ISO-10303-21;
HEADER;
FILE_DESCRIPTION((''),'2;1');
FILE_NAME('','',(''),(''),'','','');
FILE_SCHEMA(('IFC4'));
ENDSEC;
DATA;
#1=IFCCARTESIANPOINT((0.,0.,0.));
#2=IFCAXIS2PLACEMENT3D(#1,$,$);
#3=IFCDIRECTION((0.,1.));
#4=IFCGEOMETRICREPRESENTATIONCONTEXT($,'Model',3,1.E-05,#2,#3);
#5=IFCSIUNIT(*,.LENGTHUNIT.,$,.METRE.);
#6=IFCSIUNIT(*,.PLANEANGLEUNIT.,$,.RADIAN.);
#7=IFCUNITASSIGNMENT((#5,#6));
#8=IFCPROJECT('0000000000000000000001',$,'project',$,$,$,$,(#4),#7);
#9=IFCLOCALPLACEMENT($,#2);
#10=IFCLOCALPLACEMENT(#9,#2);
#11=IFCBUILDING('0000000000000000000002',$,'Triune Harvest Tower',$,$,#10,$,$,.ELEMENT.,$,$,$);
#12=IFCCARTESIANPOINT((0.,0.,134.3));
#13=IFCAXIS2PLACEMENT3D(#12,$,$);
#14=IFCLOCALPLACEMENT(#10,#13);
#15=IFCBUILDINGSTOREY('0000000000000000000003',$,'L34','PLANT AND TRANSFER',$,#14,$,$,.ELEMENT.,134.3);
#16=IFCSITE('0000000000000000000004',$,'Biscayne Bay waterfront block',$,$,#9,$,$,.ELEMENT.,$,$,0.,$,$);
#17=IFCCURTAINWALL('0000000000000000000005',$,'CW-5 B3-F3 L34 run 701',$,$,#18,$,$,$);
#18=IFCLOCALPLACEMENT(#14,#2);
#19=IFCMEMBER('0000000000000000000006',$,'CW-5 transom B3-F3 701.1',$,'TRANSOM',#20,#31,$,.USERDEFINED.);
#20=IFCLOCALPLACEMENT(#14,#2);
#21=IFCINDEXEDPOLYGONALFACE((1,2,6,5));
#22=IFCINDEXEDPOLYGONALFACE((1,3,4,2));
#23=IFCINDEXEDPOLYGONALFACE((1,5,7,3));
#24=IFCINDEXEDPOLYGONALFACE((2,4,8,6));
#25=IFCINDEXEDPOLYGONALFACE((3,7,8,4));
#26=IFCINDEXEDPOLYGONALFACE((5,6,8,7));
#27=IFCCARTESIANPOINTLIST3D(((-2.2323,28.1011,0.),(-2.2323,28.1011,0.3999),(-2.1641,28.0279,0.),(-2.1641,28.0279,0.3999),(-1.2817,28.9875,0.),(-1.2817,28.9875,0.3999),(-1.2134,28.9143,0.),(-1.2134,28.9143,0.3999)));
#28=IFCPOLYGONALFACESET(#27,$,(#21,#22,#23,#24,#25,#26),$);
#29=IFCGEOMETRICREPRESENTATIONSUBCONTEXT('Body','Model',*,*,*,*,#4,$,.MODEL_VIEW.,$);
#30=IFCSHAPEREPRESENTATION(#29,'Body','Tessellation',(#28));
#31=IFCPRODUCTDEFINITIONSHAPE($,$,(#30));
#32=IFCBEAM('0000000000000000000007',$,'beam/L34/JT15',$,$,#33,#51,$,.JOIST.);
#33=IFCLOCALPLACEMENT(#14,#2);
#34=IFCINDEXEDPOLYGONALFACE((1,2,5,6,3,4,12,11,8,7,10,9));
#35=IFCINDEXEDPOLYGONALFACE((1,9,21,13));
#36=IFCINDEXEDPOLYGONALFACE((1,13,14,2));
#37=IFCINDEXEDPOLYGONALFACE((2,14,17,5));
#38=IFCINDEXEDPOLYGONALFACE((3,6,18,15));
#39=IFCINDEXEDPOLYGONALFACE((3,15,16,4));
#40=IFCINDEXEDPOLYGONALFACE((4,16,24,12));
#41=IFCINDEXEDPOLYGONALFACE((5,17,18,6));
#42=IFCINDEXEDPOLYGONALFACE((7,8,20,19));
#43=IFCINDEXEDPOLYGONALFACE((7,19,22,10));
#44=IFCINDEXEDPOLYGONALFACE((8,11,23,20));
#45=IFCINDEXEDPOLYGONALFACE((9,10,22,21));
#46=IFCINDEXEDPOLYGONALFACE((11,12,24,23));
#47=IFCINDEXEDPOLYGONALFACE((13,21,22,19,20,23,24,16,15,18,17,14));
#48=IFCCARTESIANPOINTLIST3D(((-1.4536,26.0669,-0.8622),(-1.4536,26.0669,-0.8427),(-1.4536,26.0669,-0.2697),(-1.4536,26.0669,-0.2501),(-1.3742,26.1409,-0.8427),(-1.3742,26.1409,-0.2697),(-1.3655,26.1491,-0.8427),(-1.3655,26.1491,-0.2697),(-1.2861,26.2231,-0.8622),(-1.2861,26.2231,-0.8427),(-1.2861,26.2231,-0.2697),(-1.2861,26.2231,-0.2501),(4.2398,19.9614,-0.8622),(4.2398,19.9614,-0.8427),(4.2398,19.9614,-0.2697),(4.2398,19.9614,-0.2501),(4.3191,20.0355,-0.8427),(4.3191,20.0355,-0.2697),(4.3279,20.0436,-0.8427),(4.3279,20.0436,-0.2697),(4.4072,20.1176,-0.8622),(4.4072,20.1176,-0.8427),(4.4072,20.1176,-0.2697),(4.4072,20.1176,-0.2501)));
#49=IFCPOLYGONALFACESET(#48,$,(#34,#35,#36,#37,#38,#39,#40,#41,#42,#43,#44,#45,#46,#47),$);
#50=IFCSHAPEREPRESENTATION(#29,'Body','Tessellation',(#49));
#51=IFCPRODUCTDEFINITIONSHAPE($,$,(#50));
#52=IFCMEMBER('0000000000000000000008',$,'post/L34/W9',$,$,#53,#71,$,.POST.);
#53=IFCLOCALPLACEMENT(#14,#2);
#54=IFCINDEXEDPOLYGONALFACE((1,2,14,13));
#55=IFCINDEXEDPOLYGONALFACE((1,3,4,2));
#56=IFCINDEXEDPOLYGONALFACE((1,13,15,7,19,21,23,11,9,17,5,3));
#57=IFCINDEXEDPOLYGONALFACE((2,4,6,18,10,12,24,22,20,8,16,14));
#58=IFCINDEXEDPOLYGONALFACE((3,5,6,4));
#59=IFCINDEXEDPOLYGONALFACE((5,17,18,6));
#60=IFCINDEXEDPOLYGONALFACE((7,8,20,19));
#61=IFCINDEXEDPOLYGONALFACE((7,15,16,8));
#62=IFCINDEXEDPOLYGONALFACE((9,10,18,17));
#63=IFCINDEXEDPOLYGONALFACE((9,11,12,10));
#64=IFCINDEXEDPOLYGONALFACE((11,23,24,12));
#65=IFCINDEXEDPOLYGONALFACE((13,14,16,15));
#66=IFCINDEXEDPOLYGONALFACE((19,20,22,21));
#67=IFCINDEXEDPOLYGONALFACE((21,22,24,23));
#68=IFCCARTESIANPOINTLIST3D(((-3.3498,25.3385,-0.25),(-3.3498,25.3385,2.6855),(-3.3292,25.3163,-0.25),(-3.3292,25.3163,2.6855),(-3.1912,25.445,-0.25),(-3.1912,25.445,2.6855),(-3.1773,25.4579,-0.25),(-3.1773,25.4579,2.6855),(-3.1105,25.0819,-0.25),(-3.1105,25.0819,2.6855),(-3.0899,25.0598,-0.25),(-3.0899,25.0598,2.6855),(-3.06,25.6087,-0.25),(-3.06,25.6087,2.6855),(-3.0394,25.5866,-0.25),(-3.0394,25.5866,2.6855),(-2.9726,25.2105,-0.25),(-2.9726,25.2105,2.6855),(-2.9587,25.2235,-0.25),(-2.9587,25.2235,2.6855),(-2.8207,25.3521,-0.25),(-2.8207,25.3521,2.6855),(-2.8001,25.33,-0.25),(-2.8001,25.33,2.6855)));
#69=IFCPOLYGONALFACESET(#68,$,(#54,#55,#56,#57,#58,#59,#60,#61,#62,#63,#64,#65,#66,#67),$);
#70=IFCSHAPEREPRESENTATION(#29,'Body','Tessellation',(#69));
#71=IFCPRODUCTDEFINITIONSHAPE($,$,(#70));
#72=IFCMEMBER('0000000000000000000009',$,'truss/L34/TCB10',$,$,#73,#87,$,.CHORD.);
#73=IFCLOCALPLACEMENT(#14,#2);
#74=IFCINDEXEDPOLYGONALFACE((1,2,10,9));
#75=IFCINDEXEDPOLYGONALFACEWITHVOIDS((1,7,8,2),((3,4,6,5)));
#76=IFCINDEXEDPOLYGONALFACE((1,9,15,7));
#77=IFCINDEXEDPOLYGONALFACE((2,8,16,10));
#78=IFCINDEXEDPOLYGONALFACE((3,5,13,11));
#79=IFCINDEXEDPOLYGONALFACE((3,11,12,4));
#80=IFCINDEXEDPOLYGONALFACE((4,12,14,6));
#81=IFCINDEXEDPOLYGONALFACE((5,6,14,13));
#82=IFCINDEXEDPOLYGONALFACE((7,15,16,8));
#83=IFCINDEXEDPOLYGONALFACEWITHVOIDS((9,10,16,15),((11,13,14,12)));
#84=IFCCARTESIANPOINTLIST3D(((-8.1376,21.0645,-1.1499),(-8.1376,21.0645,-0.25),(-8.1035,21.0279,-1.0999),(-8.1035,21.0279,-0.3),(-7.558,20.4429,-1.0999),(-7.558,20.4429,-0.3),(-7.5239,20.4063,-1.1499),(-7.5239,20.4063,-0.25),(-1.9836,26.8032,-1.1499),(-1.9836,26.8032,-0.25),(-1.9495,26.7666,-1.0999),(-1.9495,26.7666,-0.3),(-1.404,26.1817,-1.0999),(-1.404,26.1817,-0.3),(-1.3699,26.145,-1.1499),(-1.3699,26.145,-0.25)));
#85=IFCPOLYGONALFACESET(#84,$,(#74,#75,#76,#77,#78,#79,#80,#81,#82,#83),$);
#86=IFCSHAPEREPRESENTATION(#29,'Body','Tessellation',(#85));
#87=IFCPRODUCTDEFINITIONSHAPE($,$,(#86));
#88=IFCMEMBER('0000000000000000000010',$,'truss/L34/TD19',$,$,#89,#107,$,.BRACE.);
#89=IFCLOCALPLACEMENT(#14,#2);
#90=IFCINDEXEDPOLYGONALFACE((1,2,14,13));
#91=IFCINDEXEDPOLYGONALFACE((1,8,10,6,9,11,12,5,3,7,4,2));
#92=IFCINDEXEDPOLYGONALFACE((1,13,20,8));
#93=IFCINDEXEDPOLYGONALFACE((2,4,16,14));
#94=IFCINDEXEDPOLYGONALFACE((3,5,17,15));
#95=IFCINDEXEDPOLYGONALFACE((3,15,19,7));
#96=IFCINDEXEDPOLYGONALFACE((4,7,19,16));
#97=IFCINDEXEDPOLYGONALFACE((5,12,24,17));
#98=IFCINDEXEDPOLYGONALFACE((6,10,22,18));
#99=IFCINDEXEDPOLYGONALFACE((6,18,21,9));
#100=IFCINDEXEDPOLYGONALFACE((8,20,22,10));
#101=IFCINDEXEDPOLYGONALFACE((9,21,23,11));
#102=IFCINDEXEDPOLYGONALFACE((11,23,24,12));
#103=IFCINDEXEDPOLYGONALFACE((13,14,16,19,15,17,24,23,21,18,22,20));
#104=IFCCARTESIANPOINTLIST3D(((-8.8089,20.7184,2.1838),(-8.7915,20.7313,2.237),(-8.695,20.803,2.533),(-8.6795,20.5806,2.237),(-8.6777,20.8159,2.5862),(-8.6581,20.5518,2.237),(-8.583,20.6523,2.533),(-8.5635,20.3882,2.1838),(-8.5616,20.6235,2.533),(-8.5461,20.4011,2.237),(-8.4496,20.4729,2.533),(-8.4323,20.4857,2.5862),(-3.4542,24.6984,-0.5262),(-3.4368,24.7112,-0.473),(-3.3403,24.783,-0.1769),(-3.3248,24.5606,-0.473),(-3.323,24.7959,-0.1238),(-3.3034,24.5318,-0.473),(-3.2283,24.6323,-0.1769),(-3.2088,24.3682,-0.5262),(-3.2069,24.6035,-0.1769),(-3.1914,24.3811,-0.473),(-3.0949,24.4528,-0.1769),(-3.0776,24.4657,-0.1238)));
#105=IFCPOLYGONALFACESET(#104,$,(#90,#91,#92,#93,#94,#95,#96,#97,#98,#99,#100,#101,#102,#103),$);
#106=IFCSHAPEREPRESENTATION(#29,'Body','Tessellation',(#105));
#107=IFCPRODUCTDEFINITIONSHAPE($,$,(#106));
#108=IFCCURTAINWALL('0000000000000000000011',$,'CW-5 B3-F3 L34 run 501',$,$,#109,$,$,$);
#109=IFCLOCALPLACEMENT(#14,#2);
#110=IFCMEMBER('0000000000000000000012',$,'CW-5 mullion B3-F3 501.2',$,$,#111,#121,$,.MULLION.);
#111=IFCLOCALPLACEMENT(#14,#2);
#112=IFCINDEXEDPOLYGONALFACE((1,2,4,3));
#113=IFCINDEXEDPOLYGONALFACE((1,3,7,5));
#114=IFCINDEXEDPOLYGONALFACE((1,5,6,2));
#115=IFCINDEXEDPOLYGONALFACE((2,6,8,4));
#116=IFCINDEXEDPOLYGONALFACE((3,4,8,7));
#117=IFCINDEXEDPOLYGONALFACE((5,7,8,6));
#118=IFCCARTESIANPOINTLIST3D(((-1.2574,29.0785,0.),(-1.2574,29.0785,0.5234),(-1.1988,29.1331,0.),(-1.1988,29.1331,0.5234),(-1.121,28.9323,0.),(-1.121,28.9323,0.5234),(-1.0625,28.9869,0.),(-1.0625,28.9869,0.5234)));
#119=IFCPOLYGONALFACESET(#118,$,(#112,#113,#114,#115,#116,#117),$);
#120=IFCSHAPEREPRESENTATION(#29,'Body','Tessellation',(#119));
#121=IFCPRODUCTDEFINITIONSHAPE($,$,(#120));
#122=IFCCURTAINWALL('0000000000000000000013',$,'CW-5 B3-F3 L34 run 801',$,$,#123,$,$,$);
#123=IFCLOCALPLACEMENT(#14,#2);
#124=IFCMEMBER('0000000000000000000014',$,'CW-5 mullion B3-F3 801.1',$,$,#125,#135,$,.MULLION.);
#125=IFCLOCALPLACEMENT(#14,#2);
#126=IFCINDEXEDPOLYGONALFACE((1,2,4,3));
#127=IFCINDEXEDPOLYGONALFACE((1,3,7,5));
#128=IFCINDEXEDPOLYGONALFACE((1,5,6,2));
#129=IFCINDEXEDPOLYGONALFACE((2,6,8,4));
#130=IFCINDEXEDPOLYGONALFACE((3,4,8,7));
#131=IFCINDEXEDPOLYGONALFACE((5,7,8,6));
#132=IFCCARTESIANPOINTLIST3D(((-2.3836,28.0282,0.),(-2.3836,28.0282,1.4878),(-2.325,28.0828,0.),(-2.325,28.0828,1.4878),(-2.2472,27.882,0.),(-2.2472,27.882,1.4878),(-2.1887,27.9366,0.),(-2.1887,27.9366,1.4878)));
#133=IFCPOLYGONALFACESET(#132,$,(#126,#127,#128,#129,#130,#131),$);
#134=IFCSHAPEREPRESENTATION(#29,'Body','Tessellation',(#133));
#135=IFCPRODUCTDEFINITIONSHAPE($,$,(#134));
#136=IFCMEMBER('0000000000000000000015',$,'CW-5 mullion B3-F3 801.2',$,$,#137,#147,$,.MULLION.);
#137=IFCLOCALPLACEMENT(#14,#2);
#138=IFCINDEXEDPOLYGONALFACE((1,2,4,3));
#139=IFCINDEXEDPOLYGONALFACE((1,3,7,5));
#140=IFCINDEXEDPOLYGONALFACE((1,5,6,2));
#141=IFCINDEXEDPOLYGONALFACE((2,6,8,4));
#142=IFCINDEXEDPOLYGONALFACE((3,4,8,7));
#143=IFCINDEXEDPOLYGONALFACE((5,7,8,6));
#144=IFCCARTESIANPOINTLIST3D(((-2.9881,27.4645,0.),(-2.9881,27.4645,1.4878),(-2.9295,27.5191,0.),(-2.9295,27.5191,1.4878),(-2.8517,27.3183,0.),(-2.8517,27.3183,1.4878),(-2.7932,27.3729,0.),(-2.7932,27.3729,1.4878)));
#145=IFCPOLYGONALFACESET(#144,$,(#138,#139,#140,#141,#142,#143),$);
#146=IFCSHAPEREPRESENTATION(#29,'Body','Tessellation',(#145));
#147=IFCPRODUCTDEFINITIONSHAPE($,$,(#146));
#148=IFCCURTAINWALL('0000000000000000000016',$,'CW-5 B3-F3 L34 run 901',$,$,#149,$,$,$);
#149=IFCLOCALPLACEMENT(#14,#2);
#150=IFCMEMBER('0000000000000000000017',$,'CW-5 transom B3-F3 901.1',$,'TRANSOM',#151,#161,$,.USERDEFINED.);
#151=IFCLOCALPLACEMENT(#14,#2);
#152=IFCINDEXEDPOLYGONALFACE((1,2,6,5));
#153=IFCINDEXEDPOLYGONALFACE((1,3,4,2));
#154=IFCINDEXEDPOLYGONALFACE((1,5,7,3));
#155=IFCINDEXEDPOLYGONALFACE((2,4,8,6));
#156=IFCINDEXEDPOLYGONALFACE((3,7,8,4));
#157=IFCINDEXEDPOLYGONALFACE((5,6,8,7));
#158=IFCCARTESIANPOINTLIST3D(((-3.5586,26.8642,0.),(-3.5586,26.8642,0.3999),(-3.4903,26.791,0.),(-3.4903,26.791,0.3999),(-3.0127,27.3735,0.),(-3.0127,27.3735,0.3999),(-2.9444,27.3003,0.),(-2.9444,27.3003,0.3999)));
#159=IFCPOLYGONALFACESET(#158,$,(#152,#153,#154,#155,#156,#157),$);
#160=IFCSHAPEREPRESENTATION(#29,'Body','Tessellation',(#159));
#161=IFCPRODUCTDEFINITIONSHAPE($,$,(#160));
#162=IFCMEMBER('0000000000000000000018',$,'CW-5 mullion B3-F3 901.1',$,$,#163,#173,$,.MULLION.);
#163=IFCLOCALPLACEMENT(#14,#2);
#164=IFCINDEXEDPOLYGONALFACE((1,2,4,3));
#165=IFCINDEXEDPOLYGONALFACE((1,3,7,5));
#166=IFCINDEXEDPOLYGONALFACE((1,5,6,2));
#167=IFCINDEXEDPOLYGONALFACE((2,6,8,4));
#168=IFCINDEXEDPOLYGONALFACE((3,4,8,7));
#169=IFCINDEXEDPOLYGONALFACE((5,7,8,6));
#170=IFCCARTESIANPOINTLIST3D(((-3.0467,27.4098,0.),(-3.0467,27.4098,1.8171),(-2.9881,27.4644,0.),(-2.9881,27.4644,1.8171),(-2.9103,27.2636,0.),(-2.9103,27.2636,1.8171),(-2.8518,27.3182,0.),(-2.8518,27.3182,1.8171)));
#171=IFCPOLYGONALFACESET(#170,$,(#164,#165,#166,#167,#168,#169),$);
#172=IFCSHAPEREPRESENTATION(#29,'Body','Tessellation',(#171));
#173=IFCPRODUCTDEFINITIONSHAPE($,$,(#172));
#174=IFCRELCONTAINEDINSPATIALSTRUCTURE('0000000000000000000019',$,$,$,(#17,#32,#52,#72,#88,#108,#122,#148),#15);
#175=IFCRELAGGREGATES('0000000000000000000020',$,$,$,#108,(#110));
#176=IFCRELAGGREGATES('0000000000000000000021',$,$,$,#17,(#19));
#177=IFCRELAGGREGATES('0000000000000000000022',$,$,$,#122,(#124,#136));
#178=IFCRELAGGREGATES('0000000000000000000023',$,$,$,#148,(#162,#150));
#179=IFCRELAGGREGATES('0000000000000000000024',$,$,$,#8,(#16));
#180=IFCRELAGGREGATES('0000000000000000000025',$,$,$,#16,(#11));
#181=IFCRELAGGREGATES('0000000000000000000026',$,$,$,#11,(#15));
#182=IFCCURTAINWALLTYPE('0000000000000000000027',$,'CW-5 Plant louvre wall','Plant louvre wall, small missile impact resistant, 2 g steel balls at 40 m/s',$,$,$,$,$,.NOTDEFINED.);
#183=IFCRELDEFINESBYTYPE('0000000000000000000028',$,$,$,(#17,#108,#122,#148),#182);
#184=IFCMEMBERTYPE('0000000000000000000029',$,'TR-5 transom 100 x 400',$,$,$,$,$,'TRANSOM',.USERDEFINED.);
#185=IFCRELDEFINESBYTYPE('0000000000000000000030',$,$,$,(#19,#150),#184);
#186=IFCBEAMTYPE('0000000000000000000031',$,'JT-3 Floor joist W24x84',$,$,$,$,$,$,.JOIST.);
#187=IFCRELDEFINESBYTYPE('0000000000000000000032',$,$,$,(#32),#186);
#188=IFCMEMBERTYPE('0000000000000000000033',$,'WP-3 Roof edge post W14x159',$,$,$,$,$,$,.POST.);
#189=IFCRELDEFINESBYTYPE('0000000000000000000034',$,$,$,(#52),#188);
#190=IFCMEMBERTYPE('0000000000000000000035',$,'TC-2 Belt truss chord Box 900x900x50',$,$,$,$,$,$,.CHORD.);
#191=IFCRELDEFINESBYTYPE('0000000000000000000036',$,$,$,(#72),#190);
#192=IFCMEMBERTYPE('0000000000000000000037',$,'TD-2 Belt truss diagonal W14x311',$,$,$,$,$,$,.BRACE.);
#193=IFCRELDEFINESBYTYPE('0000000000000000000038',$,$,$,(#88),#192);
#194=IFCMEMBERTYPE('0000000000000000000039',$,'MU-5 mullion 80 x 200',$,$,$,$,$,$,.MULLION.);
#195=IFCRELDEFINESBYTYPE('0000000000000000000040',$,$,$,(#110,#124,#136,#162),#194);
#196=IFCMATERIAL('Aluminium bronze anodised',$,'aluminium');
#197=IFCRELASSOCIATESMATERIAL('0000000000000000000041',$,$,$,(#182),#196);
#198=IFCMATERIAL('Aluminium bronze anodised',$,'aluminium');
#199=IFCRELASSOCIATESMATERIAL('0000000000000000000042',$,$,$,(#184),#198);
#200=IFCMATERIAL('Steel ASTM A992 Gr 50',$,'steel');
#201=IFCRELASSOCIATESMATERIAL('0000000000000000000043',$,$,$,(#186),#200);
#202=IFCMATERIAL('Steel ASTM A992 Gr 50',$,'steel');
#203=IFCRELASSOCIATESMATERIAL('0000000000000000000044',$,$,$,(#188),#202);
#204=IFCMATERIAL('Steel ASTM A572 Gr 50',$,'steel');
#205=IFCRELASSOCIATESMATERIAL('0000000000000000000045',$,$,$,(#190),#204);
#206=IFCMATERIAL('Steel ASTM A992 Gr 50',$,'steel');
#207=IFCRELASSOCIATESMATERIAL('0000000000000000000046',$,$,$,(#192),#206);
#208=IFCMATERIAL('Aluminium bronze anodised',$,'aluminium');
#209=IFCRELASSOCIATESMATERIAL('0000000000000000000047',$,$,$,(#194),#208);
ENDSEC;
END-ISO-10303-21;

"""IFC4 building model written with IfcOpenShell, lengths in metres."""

from ifc_helpers import new_model, si_unit, direction, frame, origin, origin_2d, place, context, subcontext, project, spatial, rectangle, hollow_rectangle, i_section, extrude, source, transform, mapped, material, material_profile, profile_set, type_object, element, aggregate, save


model = new_model("IFC4")

# Units and contexts
model_context = context("Model", 3, precision=1e-05, world=origin(), true_north=direction((0.0, 1.0)))
body_context = subcontext(model_context, "Body", "Model", "MODEL_VIEW")
ifc_project = project(units=[si_unit("LENGTHUNIT", "METRE"), si_unit("PLANEANGLEUNIT", "RADIAN")], contexts=[model_context])

# Site, building, storey
site_placement = place(None, origin())
site = spatial("IfcSite", under=ifc_project, at=site_placement, Name="Biscayne Bay waterfront block", CompositionType="ELEMENT", RefElevation=0.0)
building_placement = place(site_placement, origin())
building = spatial("IfcBuilding", under=site, at=building_placement, Name="Triune Harvest Tower", CompositionType="ELEMENT")
storey_placement = place(building_placement, frame((0.0, 0.0, 134.3)))
storey = spatial("IfcBuildingStorey", under=building, at=storey_placement, Name="L34", Description="PLANT AND TRANSFER", CompositionType="ELEMENT", Elevation=134.3)

# Curtain wall, member
ifc_material_1 = material(Name="Aluminium bronze anodised", Category="aluminium")
curtain_wall_type = type_object("IfcCurtainWallType", Name="CW-5 Plant louvre wall", Description="Plant louvre wall, small missile impact resistant, 2 g steel balls at 40 m/s", PredefinedType="NOTDEFINED", material=ifc_material_1)
curtain_wall_1_placement = place(storey_placement, origin())
curtain_wall_1 = element("IfcCurtainWall", 1, at=curtain_wall_1_placement, inside=storey, type_object=curtain_wall_type, Name="CW-5 B3-F3 L34 run 701")
ifc_material_2 = material(Name="Aluminium bronze anodised", Category="aluminium")
ifc_material_profile_1 = material_profile(ifc_material_2, rectangle(XDim=0.1001, YDim=0.3999, at=origin_2d()), Name="TR-5 transom 100 x 400")
ifc_profile_set_1 = profile_set([ifc_material_profile_1], Name="Aluminium bronze anodised")
member_type_1 = type_object("IfcMemberType", Name="TR-5 transom 100 x 400", ElementType="TRANSOM", PredefinedType="USERDEFINED", material=ifc_profile_set_1)
member_1_placement = place(storey_placement, frame((-1.2476, 28.9509, 0.2), z_axis=(-0.731374, -0.681977, 0.0), x_axis=(0.681977, -0.731374, 0.0)))
member_1 = element("IfcMember", 2, at=member_1_placement, type_object=member_type_1, Name="CW-5 transom B3-F3 701.1", ObjectType="TRANSOM", PredefinedType="USERDEFINED", context=body_context, shape_type="SweptSolid", body=[
    extrude(rectangle(XDim=0.1001, YDim=0.3999, at=origin_2d()), origin(), (0.0, 0.0, 1.0), 1.2998),
])

# Beam
ifc_material_3 = material(Name="Steel ASTM A992 Gr 50", Category="steel")
ifc_material_profile_2 = material_profile(ifc_material_3, i_section(OverallWidth=0.229, OverallDepth=0.6121, WebThickness=0.012, FlangeThickness=0.0195, at=origin_2d()), Name="W24x84")
ifc_profile_set_2 = profile_set([ifc_material_profile_2], Name="Steel ASTM A992 Gr 50")
beam_type = type_object("IfcBeamType", Name="JT-3 Floor joist W24x84", PredefinedType="JOIST", material=ifc_profile_set_2)
shared_shape_1 = source(origin(), body_context, "Body", "SweptSolid", [
    extrude(i_section(OverallWidth=0.229, OverallDepth=0.6121, WebThickness=0.012, FlangeThickness=0.0195, at=origin_2d()), origin(), (0.0, 0.0, 1.0), 8.3481),
])
beam_placement = place(storey_placement, frame((-1.3699, 26.145, -0.5562), z_axis=(0.681993, -0.731359, 0.0), x_axis=(0.731359, 0.681993, 0.0)))
element("IfcBeam", 3, at=beam_placement, inside=storey, type_object=beam_type, Name="beam/L34/JT15", PredefinedType="JOIST", context=body_context, shape_type="MappedRepresentation", body=[
    mapped(shared_shape_1, transform((0.0, 0.0, 0.0), scale=1.0)),
])

# Members
ifc_material_4 = material(Name="Steel ASTM A992 Gr 50", Category="steel")
ifc_material_profile_3 = material_profile(ifc_material_4, i_section(OverallWidth=0.3962, OverallDepth=0.3811, WebThickness=0.019, FlangeThickness=0.0303, at=origin_2d()), Name="W14x159")
ifc_profile_set_3 = profile_set([ifc_material_profile_3], Name="Steel ASTM A992 Gr 50")
member_type_2 = type_object("IfcMemberType", Name="WP-3 Roof edge post W14x159", PredefinedType="POST", material=ifc_profile_set_3)
shared_shape_2 = source(origin(), body_context, "Body", "SweptSolid", [
    extrude(i_section(OverallWidth=0.3962, OverallDepth=0.3811, WebThickness=0.019, FlangeThickness=0.0303, at=origin_2d()), origin(), (0.0, 0.0, 1.0), 2.9355),
])
member_2_placement = place(storey_placement, frame((-3.075, 25.3342, -0.25), z_axis=(0.0, 0.0, 1.0), x_axis=(-0.731355, -0.681997, 0.0)))
element("IfcMember", 4, at=member_2_placement, inside=storey, type_object=member_type_2, Name="post/L34/W9", PredefinedType="POST", context=body_context, shape_type="MappedRepresentation", body=[
    mapped(shared_shape_2, transform((0.0, 0.0, 0.0), scale=1.0)),
])
ifc_material_5 = material(Name="Steel ASTM A572 Gr 50", Category="steel")
ifc_material_profile_4 = material_profile(ifc_material_5, hollow_rectangle(XDim=0.8999, YDim=0.8999, WallThickness=0.05, at=origin_2d()), Name="Box 900x900x50")
ifc_profile_set_4 = profile_set([ifc_material_profile_4], Name="Steel ASTM A572 Gr 50")
member_type_3 = type_object("IfcMemberType", Name="TC-2 Belt truss chord Box 900x900x50", PredefinedType="CHORD", material=ifc_profile_set_4)
shared_shape_3 = source(origin(), body_context, "Body", "SweptSolid", [
    extrude(hollow_rectangle(XDim=0.8999, YDim=0.8999, WallThickness=0.05, at=origin_2d()), origin(), (0.0, 0.0, 1.0), 8.4146),
])
member_3_placement = place(storey_placement, frame((-1.6768, 26.4741, -0.7), z_axis=(-0.731352, -0.682, 0.0), x_axis=(0.682, -0.731352, 0.0)))
element("IfcMember", 5, at=member_3_placement, inside=storey, type_object=member_type_3, Name="truss/L34/TCB10", PredefinedType="CHORD", context=body_context, shape_type="MappedRepresentation", body=[
    mapped(shared_shape_3, transform((0.0, 0.0, 0.0), scale=1.0)),
])
ifc_material_6 = material(Name="Steel ASTM A992 Gr 50", Category="steel")
ifc_material_profile_5 = material_profile(ifc_material_6, i_section(OverallWidth=0.4114, OverallDepth=0.4343, WebThickness=0.0359, FlangeThickness=0.0574, at=origin_2d()), Name="W14x311")
ifc_profile_set_5 = profile_set([ifc_material_profile_5], Name="Steel ASTM A992 Gr 50")
member_type_4 = type_object("IfcMemberType", Name="TD-2 Belt truss diagonal W14x311", PredefinedType="BRACE", material=ifc_profile_set_5)
shared_shape_4 = source(origin(), body_context, "Body", "SweptSolid", [
    extrude(i_section(OverallWidth=0.4114, OverallDepth=0.4343, WebThickness=0.0359, FlangeThickness=0.0574, at=origin_2d()), origin(), (0.0, 0.0, 1.0), 7.2012),
])
member_4_placement = place(storey_placement, frame((-3.2659, 24.582, -0.325), z_axis=(-0.743589, -0.552683, 0.376321), x_axis=(0.596534, -0.802588, 0.0)))
element("IfcMember", 6, at=member_4_placement, inside=storey, type_object=member_type_4, Name="truss/L34/TD19", PredefinedType="BRACE", context=body_context, shape_type="MappedRepresentation", body=[
    mapped(shared_shape_4, transform((0.0, 0.0, 0.0), scale=1.0)),
])

# Curtain wall, member
curtain_wall_2_placement = place(storey_placement, origin())
curtain_wall_2 = element("IfcCurtainWall", 7, at=curtain_wall_2_placement, inside=storey, type_object=curtain_wall_type, Name="CW-5 B3-F3 L34 run 501")
ifc_material_7 = material(Name="Aluminium bronze anodised", Category="aluminium")
ifc_material_profile_6 = material_profile(ifc_material_7, rectangle(XDim=0.2, YDim=0.0801, at=origin_2d()), Name="MU-5 mullion 80 x 200")
ifc_profile_set_6 = profile_set([ifc_material_profile_6], Name="Aluminium bronze anodised")
member_type_5 = type_object("IfcMemberType", Name="MU-5 mullion 80 x 200", PredefinedType="MULLION", material=ifc_profile_set_6)
shared_shape_5 = source(origin(), body_context, "Body", "SweptSolid", [
    extrude(rectangle(XDim=0.2, YDim=0.0801, at=origin_2d()), origin(), (0.0, 0.0, 1.0), 0.5234),
])
member_5_placement = place(storey_placement, frame((-1.1599, 29.0327, 0.0), z_axis=(0.0, 0.0, 1.0), x_axis=(0.681922, -0.731425, 0.0)))
member_5 = element("IfcMember", 8, at=member_5_placement, type_object=member_type_5, Name="CW-5 mullion B3-F3 501.2", PredefinedType="MULLION", context=body_context, shape_type="MappedRepresentation", body=[
    mapped(shared_shape_5, transform((0.0, 0.0, 0.0), scale=1.0)),
])
aggregate(curtain_wall_2, [member_5])

# Curtain walls, members
curtain_wall_3_placement = place(storey_placement, origin())
curtain_wall_3 = element("IfcCurtainWall", 9, at=curtain_wall_3_placement, inside=storey, type_object=curtain_wall_type, Name="CW-5 B3-F3 L34 run 801")
shared_shape_6 = source(origin(), body_context, "Body", "SweptSolid", [
    extrude(rectangle(XDim=0.2, YDim=0.0801, at=origin_2d()), origin(), (0.0, 0.0, 1.0), 1.4878),
])
member_6_placement = place(storey_placement, frame((-2.2861, 27.9824, 0.0), z_axis=(0.0, 0.0, 1.0), x_axis=(0.682027, -0.731327, 0.0)))
member_6 = element("IfcMember", 10, at=member_6_placement, type_object=member_type_5, Name="CW-5 mullion B3-F3 801.1", PredefinedType="MULLION", context=body_context, shape_type="MappedRepresentation", body=[
    mapped(shared_shape_6, transform((0.0, 0.0, 0.0), scale=1.0)),
])
member_7_placement = place(storey_placement, frame((-2.8906, 27.4187, 0.0), z_axis=(0.0, 0.0, 1.0), x_axis=(0.682027, -0.731327, 0.0)))
member_7 = element("IfcMember", 11, at=member_7_placement, type_object=member_type_5, Name="CW-5 mullion B3-F3 801.2", PredefinedType="MULLION", context=body_context, shape_type="MappedRepresentation", body=[
    mapped(shared_shape_6, transform((0.0, 0.0, 0.0), scale=1.0)),
])
curtain_wall_4_placement = place(storey_placement, origin())
curtain_wall_4 = element("IfcCurtainWall", 12, at=curtain_wall_4_placement, inside=storey, type_object=curtain_wall_type, Name="CW-5 B3-F3 L34 run 901")
shared_shape_7 = source(origin(), body_context, "Body", "SweptSolid", [
    extrude(rectangle(XDim=0.1001, YDim=0.3999, at=origin_2d()), origin(), (0.0, 0.0, 1.0), 0.7466),
])
member_8_placement = place(storey_placement, frame((-2.9785, 27.3369, 0.2), z_axis=(-0.731207, -0.682155, 0.0), x_axis=(0.682155, -0.731207, 0.0)))
member_8 = element("IfcMember", 13, at=member_8_placement, type_object=member_type_1, Name="CW-5 transom B3-F3 901.1", ObjectType="TRANSOM", PredefinedType="USERDEFINED", context=body_context, shape_type="MappedRepresentation", body=[
    mapped(shared_shape_7, transform((0.0, 0.0, 0.0), scale=1.0)),
])
shared_shape_8 = source(origin(), body_context, "Body", "SweptSolid", [
    extrude(rectangle(XDim=0.2, YDim=0.0801, at=origin_2d()), origin(), (0.0, 0.0, 1.0), 1.8171),
])
member_9_placement = place(storey_placement, frame((-2.9492, 27.364, 0.0), z_axis=(0.0, 0.0, 1.0), x_axis=(0.681968, -0.731382, 0.0)))
member_9 = element("IfcMember", 14, at=member_9_placement, type_object=member_type_5, Name="CW-5 mullion B3-F3 901.1", PredefinedType="MULLION", context=body_context, shape_type="MappedRepresentation", body=[
    mapped(shared_shape_8, transform((0.0, 0.0, 0.0), scale=1.0)),
])

aggregate(curtain_wall_1, [member_1])
aggregate(curtain_wall_3, [member_6, member_7])
aggregate(curtain_wall_4, [member_9, member_8])

save(model, "model.ifc")
